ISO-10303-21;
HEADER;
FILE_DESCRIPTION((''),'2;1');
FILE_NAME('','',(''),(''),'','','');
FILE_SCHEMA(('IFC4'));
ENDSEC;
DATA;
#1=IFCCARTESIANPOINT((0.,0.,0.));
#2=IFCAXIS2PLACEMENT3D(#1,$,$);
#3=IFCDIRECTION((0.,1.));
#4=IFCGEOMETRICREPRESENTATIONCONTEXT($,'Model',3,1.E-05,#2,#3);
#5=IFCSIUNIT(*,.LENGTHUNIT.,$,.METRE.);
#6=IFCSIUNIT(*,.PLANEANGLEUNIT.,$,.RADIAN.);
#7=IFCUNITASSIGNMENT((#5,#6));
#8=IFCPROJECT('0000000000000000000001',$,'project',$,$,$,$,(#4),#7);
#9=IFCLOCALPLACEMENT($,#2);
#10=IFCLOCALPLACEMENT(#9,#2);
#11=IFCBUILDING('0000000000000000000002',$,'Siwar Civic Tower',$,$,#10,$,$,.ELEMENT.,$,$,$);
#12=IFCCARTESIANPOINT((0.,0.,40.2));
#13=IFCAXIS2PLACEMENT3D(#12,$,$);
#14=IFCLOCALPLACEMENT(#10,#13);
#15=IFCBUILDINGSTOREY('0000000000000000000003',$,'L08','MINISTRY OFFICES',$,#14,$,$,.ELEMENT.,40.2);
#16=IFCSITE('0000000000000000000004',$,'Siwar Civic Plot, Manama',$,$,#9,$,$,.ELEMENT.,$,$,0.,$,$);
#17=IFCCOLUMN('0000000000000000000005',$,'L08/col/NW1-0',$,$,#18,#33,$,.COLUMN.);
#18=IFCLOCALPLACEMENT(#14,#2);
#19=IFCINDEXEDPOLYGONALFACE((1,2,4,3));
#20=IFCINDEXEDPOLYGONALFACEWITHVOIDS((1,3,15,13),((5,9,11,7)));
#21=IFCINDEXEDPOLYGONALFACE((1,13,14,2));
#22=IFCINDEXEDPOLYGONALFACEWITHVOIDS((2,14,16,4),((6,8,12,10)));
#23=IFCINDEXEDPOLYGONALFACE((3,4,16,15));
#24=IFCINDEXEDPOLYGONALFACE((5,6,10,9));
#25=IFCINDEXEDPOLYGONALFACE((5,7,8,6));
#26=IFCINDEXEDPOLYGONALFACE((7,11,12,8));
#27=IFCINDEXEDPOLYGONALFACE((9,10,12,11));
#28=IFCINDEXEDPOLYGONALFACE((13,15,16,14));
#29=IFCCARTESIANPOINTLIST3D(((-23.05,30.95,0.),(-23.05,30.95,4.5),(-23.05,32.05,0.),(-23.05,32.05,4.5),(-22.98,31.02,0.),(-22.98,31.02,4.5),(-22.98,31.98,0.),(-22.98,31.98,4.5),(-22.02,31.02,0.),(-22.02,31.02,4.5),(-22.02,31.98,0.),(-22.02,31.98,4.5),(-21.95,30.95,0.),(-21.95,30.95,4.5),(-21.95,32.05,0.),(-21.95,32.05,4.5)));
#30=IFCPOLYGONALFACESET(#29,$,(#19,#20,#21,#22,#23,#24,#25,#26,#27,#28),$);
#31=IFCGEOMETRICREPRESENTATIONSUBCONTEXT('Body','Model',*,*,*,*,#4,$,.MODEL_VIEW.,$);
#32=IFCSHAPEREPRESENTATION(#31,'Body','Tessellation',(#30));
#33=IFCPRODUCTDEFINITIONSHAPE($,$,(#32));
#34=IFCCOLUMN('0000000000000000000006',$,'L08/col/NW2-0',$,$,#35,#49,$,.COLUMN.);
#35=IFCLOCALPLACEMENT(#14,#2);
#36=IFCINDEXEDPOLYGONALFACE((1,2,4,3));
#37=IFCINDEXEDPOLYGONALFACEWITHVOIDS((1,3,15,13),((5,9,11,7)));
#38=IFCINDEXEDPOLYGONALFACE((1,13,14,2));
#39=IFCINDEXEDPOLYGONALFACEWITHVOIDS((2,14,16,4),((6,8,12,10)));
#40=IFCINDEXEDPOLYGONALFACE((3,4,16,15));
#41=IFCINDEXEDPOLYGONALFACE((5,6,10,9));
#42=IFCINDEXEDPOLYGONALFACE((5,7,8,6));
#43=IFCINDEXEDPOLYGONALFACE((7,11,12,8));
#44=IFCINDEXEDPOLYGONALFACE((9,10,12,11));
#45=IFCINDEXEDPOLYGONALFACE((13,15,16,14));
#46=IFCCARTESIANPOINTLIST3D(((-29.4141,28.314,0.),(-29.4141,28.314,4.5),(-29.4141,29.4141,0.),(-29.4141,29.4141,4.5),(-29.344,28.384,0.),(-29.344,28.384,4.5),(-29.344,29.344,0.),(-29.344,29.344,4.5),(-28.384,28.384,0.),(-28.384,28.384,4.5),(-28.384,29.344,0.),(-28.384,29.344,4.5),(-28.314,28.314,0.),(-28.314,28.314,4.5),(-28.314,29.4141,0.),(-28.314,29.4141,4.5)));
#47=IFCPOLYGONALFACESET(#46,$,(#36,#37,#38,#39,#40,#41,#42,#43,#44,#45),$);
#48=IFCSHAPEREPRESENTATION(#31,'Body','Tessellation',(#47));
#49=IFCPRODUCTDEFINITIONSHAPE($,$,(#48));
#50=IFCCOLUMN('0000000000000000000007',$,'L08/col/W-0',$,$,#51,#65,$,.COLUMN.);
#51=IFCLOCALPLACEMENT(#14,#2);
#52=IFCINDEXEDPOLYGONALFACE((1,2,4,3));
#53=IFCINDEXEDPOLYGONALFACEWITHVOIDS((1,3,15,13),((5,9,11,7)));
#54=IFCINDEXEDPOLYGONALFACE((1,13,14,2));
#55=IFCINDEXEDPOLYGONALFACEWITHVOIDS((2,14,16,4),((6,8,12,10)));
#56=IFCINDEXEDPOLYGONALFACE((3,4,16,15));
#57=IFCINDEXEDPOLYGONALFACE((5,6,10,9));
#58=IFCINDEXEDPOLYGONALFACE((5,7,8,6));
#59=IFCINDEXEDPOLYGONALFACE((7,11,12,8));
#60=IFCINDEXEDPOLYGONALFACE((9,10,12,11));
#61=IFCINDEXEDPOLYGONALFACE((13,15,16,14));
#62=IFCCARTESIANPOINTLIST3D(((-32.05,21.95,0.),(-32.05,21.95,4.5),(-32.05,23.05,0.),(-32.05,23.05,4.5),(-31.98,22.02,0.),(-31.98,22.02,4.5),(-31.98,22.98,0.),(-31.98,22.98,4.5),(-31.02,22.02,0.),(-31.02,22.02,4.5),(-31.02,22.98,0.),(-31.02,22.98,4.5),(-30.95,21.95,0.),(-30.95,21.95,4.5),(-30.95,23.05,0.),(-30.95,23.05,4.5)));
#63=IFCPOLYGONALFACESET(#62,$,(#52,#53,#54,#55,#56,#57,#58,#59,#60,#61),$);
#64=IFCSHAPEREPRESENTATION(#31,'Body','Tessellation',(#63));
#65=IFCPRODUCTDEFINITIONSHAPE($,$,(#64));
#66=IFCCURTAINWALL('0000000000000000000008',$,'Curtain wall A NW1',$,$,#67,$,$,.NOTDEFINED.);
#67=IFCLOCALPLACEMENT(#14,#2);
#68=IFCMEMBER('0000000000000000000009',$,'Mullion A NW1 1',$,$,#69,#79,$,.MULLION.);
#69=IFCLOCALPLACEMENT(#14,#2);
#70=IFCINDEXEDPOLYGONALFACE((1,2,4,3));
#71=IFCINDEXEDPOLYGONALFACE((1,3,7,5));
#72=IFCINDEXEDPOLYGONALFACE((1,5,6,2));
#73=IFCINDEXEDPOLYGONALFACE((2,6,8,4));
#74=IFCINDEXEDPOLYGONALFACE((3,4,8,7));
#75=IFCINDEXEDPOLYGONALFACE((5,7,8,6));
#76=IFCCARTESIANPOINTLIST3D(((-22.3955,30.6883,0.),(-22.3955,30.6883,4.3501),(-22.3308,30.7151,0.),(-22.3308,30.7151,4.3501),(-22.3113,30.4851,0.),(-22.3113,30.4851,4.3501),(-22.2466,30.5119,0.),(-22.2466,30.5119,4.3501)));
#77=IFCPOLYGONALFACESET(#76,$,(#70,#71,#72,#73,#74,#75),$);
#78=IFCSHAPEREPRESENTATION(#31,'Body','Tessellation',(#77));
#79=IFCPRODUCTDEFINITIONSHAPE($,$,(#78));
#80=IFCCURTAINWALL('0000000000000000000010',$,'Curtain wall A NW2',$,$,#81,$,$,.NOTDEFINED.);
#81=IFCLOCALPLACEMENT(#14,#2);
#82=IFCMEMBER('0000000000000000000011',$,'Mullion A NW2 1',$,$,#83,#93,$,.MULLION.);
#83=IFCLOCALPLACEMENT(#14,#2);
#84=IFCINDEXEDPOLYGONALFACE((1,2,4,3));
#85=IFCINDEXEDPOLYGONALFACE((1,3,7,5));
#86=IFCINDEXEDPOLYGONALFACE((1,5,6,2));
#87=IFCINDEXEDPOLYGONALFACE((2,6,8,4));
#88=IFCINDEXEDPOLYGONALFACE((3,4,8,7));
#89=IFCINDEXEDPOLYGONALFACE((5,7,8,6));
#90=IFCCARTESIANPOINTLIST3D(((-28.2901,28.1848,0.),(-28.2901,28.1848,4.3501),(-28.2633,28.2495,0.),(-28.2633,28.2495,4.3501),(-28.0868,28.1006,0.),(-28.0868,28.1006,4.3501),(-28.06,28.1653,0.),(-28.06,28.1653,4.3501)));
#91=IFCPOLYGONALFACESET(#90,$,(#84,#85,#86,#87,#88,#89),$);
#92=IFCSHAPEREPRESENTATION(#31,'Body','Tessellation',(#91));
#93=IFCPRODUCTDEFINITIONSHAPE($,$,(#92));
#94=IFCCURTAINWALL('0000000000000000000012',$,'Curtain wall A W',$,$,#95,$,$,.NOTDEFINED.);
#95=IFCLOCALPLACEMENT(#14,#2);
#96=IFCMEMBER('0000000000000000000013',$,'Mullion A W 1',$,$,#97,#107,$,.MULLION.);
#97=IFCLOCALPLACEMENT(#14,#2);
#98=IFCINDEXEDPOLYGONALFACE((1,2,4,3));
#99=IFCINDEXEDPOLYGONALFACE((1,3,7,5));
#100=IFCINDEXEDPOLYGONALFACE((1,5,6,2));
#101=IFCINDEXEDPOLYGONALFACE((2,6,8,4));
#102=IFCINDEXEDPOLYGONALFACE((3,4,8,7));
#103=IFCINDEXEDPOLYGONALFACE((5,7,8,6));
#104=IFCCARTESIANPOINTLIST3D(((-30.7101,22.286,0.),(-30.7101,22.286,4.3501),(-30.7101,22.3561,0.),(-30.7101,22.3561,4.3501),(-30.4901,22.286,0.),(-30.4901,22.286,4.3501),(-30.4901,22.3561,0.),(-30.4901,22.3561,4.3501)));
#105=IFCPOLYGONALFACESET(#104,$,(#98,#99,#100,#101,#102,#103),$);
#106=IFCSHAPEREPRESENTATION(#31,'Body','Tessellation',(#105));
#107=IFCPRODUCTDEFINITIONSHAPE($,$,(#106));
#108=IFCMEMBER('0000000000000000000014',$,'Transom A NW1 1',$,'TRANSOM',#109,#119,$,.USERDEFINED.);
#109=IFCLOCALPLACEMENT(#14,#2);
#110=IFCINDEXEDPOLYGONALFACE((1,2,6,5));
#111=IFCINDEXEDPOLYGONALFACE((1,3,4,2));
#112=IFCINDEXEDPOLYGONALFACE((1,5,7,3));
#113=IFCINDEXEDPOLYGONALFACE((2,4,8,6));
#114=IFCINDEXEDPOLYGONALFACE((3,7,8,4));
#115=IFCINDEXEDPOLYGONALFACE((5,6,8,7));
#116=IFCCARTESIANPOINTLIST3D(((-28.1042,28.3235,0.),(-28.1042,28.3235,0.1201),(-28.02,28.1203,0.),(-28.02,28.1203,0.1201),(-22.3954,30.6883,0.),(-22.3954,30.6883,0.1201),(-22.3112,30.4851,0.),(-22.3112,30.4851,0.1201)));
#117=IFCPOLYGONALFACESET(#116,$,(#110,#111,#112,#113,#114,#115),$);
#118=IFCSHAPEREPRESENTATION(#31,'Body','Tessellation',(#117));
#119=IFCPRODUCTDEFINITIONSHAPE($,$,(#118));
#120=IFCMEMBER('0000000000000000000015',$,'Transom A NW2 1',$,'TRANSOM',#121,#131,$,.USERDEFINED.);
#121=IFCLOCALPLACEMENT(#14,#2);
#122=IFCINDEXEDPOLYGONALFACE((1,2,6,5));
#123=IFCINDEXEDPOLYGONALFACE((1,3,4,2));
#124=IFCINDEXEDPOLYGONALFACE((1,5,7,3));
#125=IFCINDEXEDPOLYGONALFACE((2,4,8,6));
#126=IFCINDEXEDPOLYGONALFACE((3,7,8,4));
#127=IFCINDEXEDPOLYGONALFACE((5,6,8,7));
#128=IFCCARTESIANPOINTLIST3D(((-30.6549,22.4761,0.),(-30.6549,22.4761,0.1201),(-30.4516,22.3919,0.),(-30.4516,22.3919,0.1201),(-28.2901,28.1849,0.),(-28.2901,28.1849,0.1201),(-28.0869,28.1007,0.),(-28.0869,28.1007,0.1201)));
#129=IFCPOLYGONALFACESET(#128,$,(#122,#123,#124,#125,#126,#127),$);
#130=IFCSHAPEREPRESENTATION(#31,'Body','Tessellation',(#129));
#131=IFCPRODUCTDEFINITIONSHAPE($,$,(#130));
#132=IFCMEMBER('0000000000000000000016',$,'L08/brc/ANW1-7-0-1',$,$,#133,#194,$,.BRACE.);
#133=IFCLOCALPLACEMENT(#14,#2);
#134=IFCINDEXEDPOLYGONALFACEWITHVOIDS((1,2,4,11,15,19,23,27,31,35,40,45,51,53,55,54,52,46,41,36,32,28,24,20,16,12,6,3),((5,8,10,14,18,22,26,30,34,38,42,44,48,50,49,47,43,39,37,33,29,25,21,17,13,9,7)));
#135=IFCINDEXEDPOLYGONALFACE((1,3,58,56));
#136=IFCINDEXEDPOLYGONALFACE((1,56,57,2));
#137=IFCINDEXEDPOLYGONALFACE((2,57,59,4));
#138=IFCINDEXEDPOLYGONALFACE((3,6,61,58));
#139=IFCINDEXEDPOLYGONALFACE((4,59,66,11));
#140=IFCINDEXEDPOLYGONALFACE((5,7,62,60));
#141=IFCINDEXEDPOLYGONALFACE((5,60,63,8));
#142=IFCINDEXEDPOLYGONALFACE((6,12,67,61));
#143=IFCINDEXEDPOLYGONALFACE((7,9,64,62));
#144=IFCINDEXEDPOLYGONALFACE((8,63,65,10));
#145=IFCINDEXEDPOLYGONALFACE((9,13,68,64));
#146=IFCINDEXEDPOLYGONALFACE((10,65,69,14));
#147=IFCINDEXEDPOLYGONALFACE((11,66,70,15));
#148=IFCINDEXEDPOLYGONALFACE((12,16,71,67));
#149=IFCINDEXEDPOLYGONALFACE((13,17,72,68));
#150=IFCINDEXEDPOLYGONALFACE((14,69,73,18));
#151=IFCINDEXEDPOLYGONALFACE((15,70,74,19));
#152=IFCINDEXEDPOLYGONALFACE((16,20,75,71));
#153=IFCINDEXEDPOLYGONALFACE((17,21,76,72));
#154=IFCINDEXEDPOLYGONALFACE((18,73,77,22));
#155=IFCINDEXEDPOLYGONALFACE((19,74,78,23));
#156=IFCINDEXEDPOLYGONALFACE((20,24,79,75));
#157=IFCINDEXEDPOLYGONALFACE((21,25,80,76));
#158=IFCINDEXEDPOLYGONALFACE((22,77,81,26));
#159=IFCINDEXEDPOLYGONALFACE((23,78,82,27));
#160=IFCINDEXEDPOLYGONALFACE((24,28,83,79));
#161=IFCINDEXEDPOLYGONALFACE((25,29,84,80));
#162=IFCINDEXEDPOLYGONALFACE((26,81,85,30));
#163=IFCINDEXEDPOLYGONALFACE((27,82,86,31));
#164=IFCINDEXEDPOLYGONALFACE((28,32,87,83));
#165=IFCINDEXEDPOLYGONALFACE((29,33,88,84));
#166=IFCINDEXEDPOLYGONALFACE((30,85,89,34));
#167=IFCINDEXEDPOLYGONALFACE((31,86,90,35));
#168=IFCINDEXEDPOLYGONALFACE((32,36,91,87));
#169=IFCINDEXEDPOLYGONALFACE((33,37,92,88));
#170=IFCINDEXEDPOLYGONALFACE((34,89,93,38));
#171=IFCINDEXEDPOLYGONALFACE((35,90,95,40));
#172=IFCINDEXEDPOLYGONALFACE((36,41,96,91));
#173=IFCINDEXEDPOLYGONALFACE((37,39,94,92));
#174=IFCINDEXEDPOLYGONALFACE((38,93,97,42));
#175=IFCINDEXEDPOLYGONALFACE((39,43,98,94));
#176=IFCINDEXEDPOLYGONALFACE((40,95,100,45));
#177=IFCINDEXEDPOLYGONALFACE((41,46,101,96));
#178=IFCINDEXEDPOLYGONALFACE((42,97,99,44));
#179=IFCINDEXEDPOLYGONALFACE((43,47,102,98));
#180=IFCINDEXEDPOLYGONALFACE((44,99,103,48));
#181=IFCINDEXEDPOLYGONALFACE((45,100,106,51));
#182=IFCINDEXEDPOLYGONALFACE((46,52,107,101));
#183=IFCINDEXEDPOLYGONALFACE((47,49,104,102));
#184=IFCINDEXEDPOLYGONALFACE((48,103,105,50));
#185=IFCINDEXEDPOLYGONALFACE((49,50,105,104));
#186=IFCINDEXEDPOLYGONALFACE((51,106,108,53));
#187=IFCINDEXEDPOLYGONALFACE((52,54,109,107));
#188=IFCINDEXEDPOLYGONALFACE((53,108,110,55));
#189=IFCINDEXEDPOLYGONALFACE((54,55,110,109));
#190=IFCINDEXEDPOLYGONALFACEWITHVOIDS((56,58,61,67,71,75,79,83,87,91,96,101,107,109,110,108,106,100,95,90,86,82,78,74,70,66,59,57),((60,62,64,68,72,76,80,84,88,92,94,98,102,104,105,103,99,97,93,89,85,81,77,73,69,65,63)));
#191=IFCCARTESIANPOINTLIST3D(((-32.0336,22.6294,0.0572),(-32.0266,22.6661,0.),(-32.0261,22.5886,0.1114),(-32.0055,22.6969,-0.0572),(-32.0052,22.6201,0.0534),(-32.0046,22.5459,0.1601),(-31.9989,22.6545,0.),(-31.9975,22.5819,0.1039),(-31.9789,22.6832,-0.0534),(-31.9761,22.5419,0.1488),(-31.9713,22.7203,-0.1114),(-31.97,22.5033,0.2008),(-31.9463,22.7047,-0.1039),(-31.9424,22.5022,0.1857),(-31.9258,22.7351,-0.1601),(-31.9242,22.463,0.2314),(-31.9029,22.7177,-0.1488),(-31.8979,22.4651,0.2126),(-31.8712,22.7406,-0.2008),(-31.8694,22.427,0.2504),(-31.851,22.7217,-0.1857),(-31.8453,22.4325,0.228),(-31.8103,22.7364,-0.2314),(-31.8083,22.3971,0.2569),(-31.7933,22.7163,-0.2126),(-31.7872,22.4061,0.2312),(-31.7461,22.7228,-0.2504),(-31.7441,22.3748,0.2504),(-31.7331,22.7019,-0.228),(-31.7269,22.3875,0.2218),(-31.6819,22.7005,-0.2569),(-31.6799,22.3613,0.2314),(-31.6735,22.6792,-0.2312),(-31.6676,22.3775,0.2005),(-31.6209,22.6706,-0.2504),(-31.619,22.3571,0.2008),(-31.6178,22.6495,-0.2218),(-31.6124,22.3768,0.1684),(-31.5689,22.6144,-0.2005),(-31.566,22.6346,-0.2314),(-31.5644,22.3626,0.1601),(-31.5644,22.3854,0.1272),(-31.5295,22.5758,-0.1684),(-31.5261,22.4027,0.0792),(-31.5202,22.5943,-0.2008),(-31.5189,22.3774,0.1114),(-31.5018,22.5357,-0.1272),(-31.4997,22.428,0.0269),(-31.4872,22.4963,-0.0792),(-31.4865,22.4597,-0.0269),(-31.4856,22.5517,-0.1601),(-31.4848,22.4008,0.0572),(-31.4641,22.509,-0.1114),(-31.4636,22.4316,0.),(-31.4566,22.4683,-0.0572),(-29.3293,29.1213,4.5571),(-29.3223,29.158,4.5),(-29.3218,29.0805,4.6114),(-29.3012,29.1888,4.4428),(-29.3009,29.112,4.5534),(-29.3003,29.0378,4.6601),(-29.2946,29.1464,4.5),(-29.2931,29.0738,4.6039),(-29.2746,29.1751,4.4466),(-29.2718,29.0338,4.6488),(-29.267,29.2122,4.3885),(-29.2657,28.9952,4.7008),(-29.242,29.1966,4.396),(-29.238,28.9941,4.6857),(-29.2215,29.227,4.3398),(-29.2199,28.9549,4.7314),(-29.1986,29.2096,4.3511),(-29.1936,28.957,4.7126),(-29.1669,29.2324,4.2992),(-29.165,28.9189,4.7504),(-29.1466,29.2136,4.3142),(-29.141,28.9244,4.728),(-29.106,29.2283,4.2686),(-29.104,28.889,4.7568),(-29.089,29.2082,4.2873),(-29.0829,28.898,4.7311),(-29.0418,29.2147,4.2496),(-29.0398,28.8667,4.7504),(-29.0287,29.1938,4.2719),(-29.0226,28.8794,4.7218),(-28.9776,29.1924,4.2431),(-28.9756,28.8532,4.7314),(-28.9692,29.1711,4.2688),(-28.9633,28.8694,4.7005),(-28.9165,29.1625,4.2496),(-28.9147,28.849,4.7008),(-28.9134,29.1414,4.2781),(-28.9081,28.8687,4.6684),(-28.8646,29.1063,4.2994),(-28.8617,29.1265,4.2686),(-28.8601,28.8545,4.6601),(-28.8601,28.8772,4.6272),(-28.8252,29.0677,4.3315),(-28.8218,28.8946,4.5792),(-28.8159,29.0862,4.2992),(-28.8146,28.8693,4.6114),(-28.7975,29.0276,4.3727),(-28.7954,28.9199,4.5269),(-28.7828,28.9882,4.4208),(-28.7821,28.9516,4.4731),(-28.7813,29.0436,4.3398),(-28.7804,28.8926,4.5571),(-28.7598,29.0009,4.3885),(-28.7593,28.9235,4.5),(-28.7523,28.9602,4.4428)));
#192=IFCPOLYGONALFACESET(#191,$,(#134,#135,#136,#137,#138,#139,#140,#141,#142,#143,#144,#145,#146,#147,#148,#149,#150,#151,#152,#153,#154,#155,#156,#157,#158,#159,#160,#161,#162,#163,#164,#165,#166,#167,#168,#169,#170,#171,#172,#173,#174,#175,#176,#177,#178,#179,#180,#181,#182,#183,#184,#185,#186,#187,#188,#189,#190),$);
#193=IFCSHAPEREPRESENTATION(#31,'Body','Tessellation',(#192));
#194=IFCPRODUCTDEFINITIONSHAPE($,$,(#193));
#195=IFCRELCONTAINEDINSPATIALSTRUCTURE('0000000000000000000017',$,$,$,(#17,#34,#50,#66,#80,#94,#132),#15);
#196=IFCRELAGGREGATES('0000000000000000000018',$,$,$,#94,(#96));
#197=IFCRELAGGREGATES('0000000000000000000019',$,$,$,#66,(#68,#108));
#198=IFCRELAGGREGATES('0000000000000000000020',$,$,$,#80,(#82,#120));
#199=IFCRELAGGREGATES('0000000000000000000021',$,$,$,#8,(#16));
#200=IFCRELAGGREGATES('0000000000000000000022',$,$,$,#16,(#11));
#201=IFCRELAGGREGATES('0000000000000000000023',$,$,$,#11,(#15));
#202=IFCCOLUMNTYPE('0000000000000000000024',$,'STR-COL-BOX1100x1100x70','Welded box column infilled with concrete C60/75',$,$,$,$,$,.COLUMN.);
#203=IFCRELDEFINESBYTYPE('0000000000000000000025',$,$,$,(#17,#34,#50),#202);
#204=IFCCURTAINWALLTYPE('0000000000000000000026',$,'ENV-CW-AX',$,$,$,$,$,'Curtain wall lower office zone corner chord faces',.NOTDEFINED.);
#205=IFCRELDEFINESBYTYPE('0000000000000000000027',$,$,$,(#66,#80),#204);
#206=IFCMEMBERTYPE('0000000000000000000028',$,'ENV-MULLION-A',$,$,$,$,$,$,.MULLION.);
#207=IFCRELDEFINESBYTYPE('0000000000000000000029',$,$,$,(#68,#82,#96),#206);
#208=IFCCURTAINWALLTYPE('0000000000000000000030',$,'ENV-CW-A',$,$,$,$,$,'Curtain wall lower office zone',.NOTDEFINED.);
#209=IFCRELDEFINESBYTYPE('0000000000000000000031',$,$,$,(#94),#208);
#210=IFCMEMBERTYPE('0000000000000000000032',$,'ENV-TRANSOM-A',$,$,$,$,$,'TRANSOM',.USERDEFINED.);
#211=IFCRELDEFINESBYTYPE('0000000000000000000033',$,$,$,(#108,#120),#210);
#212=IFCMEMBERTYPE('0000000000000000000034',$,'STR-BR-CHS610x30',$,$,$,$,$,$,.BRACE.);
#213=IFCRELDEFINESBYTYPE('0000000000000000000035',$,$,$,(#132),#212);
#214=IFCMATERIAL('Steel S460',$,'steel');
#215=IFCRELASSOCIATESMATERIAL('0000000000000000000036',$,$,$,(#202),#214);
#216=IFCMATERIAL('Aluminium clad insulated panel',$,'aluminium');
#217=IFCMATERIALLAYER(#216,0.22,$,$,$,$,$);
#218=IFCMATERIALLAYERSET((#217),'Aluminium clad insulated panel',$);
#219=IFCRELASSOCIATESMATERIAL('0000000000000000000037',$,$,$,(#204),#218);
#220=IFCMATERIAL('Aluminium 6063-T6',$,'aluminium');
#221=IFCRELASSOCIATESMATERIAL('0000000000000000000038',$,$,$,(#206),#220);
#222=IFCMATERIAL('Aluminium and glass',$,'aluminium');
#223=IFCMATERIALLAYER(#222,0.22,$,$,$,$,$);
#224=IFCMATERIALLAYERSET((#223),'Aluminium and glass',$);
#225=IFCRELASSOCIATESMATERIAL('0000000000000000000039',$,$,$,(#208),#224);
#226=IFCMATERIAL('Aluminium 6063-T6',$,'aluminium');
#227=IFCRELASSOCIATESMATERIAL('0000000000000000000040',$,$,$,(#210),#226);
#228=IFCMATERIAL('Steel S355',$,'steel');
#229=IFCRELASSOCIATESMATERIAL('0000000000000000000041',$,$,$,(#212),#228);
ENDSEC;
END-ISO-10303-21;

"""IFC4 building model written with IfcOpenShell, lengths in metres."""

from ifc_helpers import new_model, si_unit, direction, frame, origin, origin_2d, place, context, subcontext, project, spatial, rectangle, hollow_rectangle, hollow_circle, extrude, material, layer, layer_set, material_profile, profile_set, type_object, element, aggregate, save


model = new_model("IFC4")

# Units and contexts
model_context = context("Model", 3, precision=1e-05, world=origin(), true_north=direction((0.0, 1.0)))
body_context = subcontext(model_context, "Body", "Model", "MODEL_VIEW")
ifc_project = project(units=[si_unit("LENGTHUNIT", "METRE"), si_unit("PLANEANGLEUNIT", "RADIAN")], contexts=[model_context])

# Site, building, storey
site_placement = place(None, origin())
site = spatial("IfcSite", under=ifc_project, at=site_placement, Name="Siwar Civic Plot, Manama", CompositionType="ELEMENT", RefElevation=0.0)
building_placement = place(site_placement, origin())
building = spatial("IfcBuilding", under=site, at=building_placement, Name="Siwar Civic Tower", CompositionType="ELEMENT")
storey_placement = place(building_placement, frame((0.0, 0.0, 40.2)))
storey = spatial("IfcBuildingStorey", under=building, at=storey_placement, Name="L08", Description="MINISTRY OFFICES", CompositionType="ELEMENT", Elevation=40.2)

# Columns
ifc_material_1 = material(Name="Steel S460", Category="steel")
ifc_material_profile_1 = material_profile(ifc_material_1, hollow_rectangle(XDim=1.1001, YDim=1.1001, WallThickness=0.0701, at=origin_2d()), Name="BOX1100x1100x70")
ifc_profile_set_1 = profile_set([ifc_material_profile_1], Name="Steel S460")
column_type = type_object("IfcColumnType", Name="STR-COL-BOX1100x1100x70", Description="Welded box column infilled with concrete C60/75", PredefinedType="COLUMN", material=ifc_profile_set_1)
for number, where, z_axis, x_axis, name in (
    (1, (-22.5, 31.5, 0.0), (0.0, 0.0, 1.0), (1.0, 0.0, 0.0), "L08/col/NW1-0"),
    (2, (-28.864, 28.864, 0.0), (0.0, 0.0, 1.0), (1.0, 0.0, 0.0), "L08/col/NW2-0"),
    (3, (-31.5, 22.5, 0.0), (0.0, 0.0, 1.0), (1.0, 0.0, 0.0), "L08/col/W-0"),
):
    element("IfcColumn", number, at=place(storey_placement, frame(where, z_axis=z_axis, x_axis=x_axis)), inside=storey, type_object=column_type, Name=name, PredefinedType="COLUMN", context=body_context, shape_type="SweptSolid", body=[
        extrude(hollow_rectangle(XDim=1.1001, YDim=1.1001, WallThickness=0.0701, at=origin_2d()), origin(), (0.0, 0.0, 1.0), 4.5),
    ])

# Curtain walls, members
ifc_material_2 = material(Name="Aluminium clad insulated panel", Category="aluminium")
ifc_layer_1 = layer(ifc_material_2, 0.22)
ifc_layer_set_1 = layer_set([ifc_layer_1], Name="Aluminium clad insulated panel")
curtain_wall_type_1 = type_object("IfcCurtainWallType", Name="ENV-CW-AX", ElementType="Curtain wall lower office zone corner chord faces", PredefinedType="NOTDEFINED", material=ifc_layer_set_1)
curtain_wall_1_placement = place(storey_placement, origin())
curtain_wall_1 = element("IfcCurtainWall", 4, at=curtain_wall_1_placement, inside=storey, type_object=curtain_wall_type_1, Name="Curtain wall A NW1", PredefinedType="NOTDEFINED")
ifc_material_3 = material(Name="Aluminium 6063-T6", Category="aluminium")
ifc_material_profile_2 = material_profile(ifc_material_3, rectangle(XDim=0.22, YDim=0.0701, at=origin_2d()), Name="AL 220x70")
ifc_profile_set_2 = profile_set([ifc_material_profile_2], Name="Aluminium 6063-T6")
member_type_1 = type_object("IfcMemberType", Name="ENV-MULLION-A", PredefinedType="MULLION", material=ifc_profile_set_2)
member_1_placement = place(storey_placement, frame((-22.321, 30.6001, 0.0), z_axis=(0.0, 0.0, 1.0), x_axis=(0.382683, -0.92388, 0.0)))
member_1 = element("IfcMember", 5, at=member_1_placement, type_object=member_type_1, Name="Mullion A NW1 1", PredefinedType="MULLION", context=body_context, shape_type="SweptSolid", body=[
    extrude(rectangle(XDim=0.22, YDim=0.0701, at=origin_2d()), origin(), (0.0, 0.0, 1.0), 4.3501),
])
curtain_wall_2_placement = place(storey_placement, origin())
curtain_wall_2 = element("IfcCurtainWall", 6, at=curtain_wall_2_placement, inside=storey, type_object=curtain_wall_type_1, Name="Curtain wall A NW2", PredefinedType="NOTDEFINED")
member_2_placement = place(storey_placement, frame((-28.175, 28.175, 0.0), z_axis=(0.0, 0.0, 1.0), x_axis=(0.92388, -0.382683, 0.0)))
member_2 = element("IfcMember", 7, at=member_2_placement, type_object=member_type_1, Name="Mullion A NW2 1", PredefinedType="MULLION", context=body_context, shape_type="SweptSolid", body=[
    extrude(rectangle(XDim=0.22, YDim=0.0701, at=origin_2d()), origin(), (0.0, 0.0, 1.0), 4.3501),
])
ifc_material_4 = material(Name="Aluminium and glass", Category="aluminium")
ifc_layer_2 = layer(ifc_material_4, 0.22)
ifc_layer_set_2 = layer_set([ifc_layer_2], Name="Aluminium and glass")
curtain_wall_type_2 = type_object("IfcCurtainWallType", Name="ENV-CW-A", ElementType="Curtain wall lower office zone", PredefinedType="NOTDEFINED", material=ifc_layer_set_2)
curtain_wall_3_placement = place(storey_placement, origin())
curtain_wall_3 = element("IfcCurtainWall", 8, at=curtain_wall_3_placement, inside=storey, type_object=curtain_wall_type_2, Name="Curtain wall A W", PredefinedType="NOTDEFINED")
member_3_placement = place(storey_placement, frame((-30.6001, 22.321, 0.0), z_axis=(0.0, 0.0, 1.0), x_axis=(1.0, 0.0, 0.0)))
member_3 = element("IfcMember", 9, at=member_3_placement, type_object=member_type_1, Name="Mullion A W 1", PredefinedType="MULLION", context=body_context, shape_type="SweptSolid", body=[
    extrude(rectangle(XDim=0.22, YDim=0.0701, at=origin_2d()), origin(), (0.0, 0.0, 1.0), 4.3501),
])
aggregate(curtain_wall_3, [member_3])

# Members
ifc_material_5 = material(Name="Aluminium 6063-T6", Category="aluminium")
ifc_material_profile_3 = material_profile(ifc_material_5, rectangle(XDim=0.22, YDim=0.1201, at=origin_2d()), Name="AL 220x120")
ifc_profile_set_3 = profile_set([ifc_material_profile_3], Name="Aluminium 6063-T6")
member_type_2 = type_object("IfcMemberType", Name="ENV-TRANSOM-A", ElementType="TRANSOM", PredefinedType="USERDEFINED", material=ifc_profile_set_3)
member_4_placement = place(storey_placement, frame((-22.3533, 30.5867, 0.0601), z_axis=(-0.923873, -0.382698, 0.0), x_axis=(0.382698, -0.923873, 0.0)))
member_4 = element("IfcMember", 10, at=member_4_placement, type_object=member_type_2, Name="Transom A NW1 1", ObjectType="TRANSOM", PredefinedType="USERDEFINED", context=body_context, shape_type="SweptSolid", body=[
    extrude(rectangle(XDim=0.22, YDim=0.1201, at=origin_2d()), origin(), (0.0, 0.0, 1.0), 6.1792),
])
member_5_placement = place(storey_placement, frame((-28.1885, 28.1428, 0.0601), z_axis=(-0.382698, -0.923873, 0.0), x_axis=(0.923873, -0.382698, 0.0)))
member_5 = element("IfcMember", 11, at=member_5_placement, type_object=member_type_2, Name="Transom A NW2 1", ObjectType="TRANSOM", PredefinedType="USERDEFINED", context=body_context, shape_type="SweptSolid", body=[
    extrude(rectangle(XDim=0.22, YDim=0.1201, at=origin_2d()), origin(), (0.0, 0.0, 1.0), 6.1792),
])

# Member
ifc_material_6 = material(Name="Steel S355", Category="steel")
ifc_material_profile_4 = material_profile(ifc_material_6, hollow_circle(Radius=0.3049, WallThickness=0.03, at=origin_2d()), Name="CHS610x30")
ifc_profile_set_4 = profile_set([ifc_material_profile_4], Name="Steel S355")
member_type_3 = type_object("IfcMemberType", Name="STR-BR-CHS610x30", PredefinedType="BRACE", material=ifc_profile_set_4)
member_6_placement = place(storey_placement, frame((-31.7451, 22.5488, 0.0), z_axis=(0.323906, 0.777555, 0.538975), x_axis=(-0.923109, 0.384539, 0.0)))
element("IfcMember", 12, at=member_6_placement, inside=storey, type_object=member_type_3, Name="L08/brc/ANW1-7-0-1", PredefinedType="BRACE", context=body_context, shape_type="SweptSolid", body=[
    extrude(hollow_circle(Radius=0.3049, WallThickness=0.03, at=origin_2d()), origin(), (0.0, 0.0, 1.0), 8.3491),
])

aggregate(curtain_wall_1, [member_1, member_4])
aggregate(curtain_wall_2, [member_2, member_5])

save(model, "model.ifc")
